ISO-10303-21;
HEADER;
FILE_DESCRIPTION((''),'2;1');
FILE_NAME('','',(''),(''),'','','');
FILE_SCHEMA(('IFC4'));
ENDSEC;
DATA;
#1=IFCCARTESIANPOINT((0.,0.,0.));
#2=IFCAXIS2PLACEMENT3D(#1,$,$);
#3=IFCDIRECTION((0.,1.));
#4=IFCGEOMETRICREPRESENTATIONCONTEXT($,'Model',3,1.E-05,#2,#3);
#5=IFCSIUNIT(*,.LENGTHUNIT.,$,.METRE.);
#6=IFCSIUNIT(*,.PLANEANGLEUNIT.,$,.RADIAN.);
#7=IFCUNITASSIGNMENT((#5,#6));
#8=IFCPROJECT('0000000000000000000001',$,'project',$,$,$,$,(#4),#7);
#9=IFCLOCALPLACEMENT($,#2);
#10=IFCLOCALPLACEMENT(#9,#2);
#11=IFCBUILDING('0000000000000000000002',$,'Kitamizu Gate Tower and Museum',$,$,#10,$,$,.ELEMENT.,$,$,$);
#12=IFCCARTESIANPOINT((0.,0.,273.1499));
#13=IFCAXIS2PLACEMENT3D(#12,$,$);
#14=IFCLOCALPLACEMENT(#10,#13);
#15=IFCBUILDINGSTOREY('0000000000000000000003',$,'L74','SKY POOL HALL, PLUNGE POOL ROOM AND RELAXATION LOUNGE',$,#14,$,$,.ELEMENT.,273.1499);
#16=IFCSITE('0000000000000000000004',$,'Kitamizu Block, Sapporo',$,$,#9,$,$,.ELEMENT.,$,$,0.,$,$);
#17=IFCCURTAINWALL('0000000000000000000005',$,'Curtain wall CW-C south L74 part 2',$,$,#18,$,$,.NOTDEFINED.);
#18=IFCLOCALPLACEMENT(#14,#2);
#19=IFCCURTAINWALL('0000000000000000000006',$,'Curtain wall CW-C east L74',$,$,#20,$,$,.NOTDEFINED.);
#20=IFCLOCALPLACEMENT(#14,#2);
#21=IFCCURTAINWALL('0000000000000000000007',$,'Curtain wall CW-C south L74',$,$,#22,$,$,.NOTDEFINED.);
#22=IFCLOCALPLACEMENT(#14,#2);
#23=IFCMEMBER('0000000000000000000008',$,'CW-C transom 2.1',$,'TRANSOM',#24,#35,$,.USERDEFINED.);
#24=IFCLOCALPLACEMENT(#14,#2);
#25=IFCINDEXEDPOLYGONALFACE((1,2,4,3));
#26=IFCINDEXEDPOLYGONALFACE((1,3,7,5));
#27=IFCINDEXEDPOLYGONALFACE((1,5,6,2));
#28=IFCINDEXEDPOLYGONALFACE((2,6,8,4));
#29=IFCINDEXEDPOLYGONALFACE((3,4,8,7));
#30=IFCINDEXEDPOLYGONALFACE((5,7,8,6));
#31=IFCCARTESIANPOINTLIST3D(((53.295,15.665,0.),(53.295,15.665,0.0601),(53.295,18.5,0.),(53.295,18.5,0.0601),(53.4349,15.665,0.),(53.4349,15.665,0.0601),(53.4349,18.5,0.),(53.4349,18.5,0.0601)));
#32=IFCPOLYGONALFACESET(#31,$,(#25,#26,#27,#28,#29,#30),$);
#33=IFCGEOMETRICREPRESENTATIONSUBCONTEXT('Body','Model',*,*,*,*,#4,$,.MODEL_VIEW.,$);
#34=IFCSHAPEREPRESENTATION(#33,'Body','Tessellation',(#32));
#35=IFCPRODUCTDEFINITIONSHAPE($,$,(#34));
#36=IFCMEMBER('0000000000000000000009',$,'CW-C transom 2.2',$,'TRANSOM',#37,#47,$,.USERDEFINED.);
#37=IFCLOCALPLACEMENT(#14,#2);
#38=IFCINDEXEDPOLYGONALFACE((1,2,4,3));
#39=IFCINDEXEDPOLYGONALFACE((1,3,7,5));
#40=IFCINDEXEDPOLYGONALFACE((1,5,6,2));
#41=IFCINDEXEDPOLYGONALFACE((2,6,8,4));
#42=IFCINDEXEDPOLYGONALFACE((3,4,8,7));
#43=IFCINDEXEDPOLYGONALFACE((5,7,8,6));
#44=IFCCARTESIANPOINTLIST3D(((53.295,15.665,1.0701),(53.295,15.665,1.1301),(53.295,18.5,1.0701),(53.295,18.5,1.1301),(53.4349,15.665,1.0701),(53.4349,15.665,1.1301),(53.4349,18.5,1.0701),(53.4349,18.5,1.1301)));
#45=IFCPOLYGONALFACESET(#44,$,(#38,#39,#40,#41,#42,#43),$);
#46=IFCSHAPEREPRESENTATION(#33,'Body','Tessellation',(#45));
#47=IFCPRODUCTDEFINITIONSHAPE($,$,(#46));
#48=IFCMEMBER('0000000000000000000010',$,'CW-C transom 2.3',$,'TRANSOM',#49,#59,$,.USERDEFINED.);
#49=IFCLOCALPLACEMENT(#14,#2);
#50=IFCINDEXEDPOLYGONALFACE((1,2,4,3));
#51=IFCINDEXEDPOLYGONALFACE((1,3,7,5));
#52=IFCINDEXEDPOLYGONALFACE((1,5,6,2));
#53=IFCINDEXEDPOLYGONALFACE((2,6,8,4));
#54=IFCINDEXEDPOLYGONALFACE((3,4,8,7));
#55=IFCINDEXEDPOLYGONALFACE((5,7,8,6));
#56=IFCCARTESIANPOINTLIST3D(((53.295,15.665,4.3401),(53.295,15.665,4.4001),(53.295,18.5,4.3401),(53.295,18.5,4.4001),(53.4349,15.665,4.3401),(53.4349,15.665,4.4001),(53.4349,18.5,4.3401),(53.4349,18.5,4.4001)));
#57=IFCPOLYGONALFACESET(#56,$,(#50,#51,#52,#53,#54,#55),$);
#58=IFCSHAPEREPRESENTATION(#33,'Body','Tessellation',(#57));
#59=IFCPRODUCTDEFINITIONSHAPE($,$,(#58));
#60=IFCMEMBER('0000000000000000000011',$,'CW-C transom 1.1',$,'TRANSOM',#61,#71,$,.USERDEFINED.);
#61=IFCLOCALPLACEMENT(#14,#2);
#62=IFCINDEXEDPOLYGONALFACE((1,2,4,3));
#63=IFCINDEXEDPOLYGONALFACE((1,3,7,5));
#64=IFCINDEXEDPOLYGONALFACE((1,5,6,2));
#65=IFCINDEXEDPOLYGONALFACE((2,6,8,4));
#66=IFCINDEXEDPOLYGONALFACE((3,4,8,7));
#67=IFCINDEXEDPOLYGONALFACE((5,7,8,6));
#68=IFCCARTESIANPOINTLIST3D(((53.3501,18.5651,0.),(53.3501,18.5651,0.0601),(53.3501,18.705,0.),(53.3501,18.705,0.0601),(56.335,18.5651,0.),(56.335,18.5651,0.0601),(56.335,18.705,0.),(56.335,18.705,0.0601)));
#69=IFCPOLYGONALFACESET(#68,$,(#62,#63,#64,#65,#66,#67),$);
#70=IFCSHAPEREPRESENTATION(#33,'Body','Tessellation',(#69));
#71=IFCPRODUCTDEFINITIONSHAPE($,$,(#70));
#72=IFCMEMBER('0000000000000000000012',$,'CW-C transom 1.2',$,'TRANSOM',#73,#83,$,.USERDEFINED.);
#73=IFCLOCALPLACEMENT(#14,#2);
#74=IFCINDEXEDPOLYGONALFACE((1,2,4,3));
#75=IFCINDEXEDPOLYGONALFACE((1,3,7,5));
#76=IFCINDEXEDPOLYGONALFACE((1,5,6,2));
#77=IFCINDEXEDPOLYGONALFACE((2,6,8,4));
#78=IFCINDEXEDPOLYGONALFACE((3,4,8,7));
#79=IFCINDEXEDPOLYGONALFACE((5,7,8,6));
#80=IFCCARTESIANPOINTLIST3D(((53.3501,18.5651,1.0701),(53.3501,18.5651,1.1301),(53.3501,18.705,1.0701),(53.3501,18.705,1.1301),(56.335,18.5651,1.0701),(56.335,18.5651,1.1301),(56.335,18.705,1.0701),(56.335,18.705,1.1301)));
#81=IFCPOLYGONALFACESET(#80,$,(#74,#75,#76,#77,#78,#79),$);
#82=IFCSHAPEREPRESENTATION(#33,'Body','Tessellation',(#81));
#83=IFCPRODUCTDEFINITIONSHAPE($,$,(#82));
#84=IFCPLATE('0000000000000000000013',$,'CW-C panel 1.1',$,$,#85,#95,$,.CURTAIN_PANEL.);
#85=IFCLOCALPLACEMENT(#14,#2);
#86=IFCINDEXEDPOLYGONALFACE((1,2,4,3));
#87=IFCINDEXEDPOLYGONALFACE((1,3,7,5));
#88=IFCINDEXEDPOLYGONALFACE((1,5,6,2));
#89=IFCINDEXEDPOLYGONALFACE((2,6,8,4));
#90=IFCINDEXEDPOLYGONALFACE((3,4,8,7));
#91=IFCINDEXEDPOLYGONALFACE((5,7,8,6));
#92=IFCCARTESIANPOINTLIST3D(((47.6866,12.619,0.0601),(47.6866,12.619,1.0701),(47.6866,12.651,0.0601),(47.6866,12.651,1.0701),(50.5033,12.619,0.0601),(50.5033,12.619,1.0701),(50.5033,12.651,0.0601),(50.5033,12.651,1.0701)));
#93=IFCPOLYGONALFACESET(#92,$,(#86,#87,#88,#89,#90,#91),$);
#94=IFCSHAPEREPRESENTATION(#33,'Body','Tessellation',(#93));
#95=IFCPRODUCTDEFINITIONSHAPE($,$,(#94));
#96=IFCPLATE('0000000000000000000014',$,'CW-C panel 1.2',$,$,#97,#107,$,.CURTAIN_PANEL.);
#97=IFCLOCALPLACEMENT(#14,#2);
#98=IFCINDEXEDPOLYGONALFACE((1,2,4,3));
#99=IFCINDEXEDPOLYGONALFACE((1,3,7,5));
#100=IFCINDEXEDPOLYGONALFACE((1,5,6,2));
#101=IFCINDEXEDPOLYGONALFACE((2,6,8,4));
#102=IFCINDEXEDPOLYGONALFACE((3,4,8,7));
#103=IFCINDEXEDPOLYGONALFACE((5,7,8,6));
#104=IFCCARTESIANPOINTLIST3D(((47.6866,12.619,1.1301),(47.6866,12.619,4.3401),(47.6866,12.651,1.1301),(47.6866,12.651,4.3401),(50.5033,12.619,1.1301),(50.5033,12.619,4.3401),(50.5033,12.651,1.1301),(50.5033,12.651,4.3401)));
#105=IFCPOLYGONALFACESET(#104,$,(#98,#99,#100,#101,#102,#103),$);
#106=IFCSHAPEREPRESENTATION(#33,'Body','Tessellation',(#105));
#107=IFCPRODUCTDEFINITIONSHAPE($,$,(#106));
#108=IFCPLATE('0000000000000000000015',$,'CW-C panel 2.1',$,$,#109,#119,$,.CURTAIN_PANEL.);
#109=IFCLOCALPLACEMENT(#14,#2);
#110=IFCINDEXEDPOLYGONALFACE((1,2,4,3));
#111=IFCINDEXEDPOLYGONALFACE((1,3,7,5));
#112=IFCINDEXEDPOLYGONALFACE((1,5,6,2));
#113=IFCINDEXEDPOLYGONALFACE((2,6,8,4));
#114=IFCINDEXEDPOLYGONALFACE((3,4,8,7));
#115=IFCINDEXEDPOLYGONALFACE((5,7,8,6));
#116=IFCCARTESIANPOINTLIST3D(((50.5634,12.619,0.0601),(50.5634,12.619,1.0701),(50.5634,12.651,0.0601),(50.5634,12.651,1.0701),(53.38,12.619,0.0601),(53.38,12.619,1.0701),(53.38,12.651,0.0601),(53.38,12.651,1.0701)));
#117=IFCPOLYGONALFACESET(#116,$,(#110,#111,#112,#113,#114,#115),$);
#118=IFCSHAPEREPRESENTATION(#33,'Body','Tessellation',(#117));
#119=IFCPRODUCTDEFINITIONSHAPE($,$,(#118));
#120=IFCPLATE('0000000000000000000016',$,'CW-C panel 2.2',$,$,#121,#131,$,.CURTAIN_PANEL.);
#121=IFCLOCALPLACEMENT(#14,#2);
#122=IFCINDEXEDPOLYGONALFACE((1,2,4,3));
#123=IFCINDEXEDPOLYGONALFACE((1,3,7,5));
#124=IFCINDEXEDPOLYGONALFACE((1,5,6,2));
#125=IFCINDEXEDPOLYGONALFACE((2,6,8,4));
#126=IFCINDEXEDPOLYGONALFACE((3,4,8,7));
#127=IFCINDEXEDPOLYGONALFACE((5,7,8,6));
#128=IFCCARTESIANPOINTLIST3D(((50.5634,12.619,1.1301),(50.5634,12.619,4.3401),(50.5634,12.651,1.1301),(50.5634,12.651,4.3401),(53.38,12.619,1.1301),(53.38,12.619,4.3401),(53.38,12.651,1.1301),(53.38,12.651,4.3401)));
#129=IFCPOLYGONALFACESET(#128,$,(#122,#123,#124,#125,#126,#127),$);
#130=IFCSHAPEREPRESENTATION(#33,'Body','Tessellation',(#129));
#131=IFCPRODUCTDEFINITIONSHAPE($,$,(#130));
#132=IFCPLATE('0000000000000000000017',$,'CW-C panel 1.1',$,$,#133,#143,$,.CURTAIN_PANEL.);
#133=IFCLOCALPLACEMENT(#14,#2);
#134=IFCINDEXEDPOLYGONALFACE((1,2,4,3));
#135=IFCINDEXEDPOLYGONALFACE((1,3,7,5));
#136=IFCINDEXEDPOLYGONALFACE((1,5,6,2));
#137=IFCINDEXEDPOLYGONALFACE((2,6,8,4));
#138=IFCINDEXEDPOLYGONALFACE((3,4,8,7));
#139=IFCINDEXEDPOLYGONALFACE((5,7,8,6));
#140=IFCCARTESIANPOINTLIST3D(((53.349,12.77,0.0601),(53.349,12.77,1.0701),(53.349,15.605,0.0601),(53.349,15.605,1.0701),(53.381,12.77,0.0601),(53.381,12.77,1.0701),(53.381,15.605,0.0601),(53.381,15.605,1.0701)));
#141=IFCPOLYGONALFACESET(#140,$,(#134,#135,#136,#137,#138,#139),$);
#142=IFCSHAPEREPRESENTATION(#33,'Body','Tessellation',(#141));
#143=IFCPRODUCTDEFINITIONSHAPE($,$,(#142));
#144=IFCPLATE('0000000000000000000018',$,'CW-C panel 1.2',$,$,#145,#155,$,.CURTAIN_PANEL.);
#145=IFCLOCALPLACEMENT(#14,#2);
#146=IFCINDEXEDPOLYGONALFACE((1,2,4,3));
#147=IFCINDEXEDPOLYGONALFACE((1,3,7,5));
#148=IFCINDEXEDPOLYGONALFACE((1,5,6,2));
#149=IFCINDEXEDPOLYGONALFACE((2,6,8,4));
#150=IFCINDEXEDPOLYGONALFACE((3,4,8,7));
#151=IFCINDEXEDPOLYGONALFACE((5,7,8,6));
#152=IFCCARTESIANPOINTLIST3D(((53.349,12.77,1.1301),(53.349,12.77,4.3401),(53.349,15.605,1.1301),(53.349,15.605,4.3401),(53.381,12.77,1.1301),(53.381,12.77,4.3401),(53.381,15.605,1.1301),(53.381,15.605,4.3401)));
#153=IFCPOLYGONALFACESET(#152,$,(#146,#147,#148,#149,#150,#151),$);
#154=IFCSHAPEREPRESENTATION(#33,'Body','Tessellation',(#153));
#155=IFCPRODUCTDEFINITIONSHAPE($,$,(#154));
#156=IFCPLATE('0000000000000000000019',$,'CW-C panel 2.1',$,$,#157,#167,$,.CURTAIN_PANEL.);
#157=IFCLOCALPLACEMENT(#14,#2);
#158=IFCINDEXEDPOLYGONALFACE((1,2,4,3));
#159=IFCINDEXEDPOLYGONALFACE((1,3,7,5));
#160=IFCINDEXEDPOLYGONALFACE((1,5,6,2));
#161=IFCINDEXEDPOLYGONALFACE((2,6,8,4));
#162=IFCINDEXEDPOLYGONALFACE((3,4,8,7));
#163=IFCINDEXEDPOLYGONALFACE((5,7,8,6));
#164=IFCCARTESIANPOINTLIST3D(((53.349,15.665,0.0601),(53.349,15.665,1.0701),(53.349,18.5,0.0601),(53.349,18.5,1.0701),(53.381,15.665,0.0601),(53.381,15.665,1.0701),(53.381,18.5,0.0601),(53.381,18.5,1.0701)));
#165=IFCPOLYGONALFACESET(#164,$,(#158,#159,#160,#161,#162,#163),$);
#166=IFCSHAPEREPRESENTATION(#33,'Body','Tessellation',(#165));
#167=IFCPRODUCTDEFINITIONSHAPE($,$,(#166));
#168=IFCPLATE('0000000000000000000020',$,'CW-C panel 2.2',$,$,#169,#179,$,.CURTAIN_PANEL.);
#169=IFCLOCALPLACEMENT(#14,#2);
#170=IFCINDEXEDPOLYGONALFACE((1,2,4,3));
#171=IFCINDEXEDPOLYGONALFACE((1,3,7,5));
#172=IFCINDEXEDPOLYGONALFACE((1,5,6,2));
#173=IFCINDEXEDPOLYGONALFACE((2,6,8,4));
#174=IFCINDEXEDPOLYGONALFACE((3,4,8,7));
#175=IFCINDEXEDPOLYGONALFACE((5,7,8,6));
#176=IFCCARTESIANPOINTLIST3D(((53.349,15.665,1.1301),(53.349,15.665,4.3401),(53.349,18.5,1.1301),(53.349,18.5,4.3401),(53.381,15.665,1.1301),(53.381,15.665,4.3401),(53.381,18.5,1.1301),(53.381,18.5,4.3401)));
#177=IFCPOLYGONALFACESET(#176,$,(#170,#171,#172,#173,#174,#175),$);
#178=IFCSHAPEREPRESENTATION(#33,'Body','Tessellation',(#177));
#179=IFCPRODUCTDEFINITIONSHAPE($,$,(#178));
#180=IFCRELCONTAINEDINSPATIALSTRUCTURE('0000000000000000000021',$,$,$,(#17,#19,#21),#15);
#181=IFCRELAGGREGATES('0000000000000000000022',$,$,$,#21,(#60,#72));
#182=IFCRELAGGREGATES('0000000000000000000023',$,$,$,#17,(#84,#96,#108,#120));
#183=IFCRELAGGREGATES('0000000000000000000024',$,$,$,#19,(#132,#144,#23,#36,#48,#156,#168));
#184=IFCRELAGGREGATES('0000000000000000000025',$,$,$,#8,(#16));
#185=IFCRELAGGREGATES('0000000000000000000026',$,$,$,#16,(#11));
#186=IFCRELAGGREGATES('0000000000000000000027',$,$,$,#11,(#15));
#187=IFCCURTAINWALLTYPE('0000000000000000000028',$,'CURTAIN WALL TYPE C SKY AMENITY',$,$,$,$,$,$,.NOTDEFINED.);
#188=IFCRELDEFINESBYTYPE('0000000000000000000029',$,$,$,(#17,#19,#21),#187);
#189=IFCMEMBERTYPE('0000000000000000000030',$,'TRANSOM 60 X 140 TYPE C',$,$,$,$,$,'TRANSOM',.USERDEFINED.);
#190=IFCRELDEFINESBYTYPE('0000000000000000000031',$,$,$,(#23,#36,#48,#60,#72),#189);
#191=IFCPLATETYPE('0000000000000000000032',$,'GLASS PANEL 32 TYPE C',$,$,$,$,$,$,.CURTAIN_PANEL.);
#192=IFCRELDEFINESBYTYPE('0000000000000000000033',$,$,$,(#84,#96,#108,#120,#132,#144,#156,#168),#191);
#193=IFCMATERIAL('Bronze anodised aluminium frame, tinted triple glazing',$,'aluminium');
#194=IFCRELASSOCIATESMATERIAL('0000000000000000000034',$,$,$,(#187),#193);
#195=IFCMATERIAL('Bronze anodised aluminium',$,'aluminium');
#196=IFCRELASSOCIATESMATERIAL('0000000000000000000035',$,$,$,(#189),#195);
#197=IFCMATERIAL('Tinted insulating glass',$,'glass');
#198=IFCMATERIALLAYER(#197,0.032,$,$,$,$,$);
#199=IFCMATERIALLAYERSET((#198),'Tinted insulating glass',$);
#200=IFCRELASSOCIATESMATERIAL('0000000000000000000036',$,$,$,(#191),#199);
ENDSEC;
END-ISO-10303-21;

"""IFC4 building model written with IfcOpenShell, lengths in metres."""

from ifc_helpers import new_model, si_unit, direction, frame, origin, origin_2d, place, context, subcontext, project, spatial, rectangle, extrude, material, layer, layer_set, material_profile, profile_set, type_object, element, aggregate, save


model = new_model("IFC4")

# Units and contexts
model_context = context("Model", 3, precision=1e-05, world=origin(), true_north=direction((0.0, 1.0)))
body_context = subcontext(model_context, "Body", "Model", "MODEL_VIEW")
ifc_project = project(units=[si_unit("LENGTHUNIT", "METRE"), si_unit("PLANEANGLEUNIT", "RADIAN")], contexts=[model_context])

# Site, building, storey
site_placement = place(None, origin())
site = spatial("IfcSite", under=ifc_project, at=site_placement, Name="Kitamizu Block, Sapporo", CompositionType="ELEMENT", RefElevation=0.0)
building_placement = place(site_placement, origin())
building = spatial("IfcBuilding", under=site, at=building_placement, Name="Kitamizu Gate Tower and Museum", CompositionType="ELEMENT")
storey_placement = place(building_placement, frame((0.0, 0.0, 273.1499)))
storey = spatial("IfcBuildingStorey", under=building, at=storey_placement, Name="L74", Description="SKY POOL HALL, PLUNGE POOL ROOM AND RELAXATION LOUNGE", CompositionType="ELEMENT", Elevation=273.1499)

# Curtain walls
ifc_material_1 = material(Name="Bronze anodised aluminium frame, tinted triple glazing", Category="aluminium")
curtain_wall_type = type_object("IfcCurtainWallType", Name="CURTAIN WALL TYPE C SKY AMENITY", PredefinedType="NOTDEFINED", material=ifc_material_1)
curtain_wall_1_placement = place(storey_placement, origin())
curtain_wall_1 = element("IfcCurtainWall", 1, at=curtain_wall_1_placement, inside=storey, type_object=curtain_wall_type, Name="Curtain wall CW-C south L74 part 2", PredefinedType="NOTDEFINED")
curtain_wall_2_placement = place(storey_placement, origin())
curtain_wall_2 = element("IfcCurtainWall", 2, at=curtain_wall_2_placement, inside=storey, type_object=curtain_wall_type, Name="Curtain wall CW-C east L74", PredefinedType="NOTDEFINED")

# Curtain wall
curtain_wall_3_placement = place(storey_placement, origin())
curtain_wall_3 = element("IfcCurtainWall", 3, at=curtain_wall_3_placement, inside=storey, type_object=curtain_wall_type, Name="Curtain wall CW-C south L74", PredefinedType="NOTDEFINED")

# Members
ifc_material_2 = material(Name="Bronze anodised aluminium", Category="aluminium")
ifc_material_profile_1 = material_profile(ifc_material_2, rectangle(XDim=0.1399, YDim=0.0601, at=origin_2d()), Name="AL 60X140")
ifc_profile_set_1 = profile_set([ifc_material_profile_1], Name="Bronze anodised aluminium")
member_type_1 = type_object("IfcMemberType", Name="TRANSOM 60 X 140 TYPE C", ElementType="TRANSOM", PredefinedType="USERDEFINED", material=ifc_profile_set_1)
member_1_placement = place(storey_placement, frame((53.365, 15.665, 0.03), z_axis=(0.0, 1.0, 0.0), x_axis=(-1.0, 0.0, 0.0)))
member_1 = element("IfcMember", 4, at=member_1_placement, type_object=member_type_1, Name="CW-C transom 2.1", ObjectType="TRANSOM", PredefinedType="USERDEFINED", context=body_context, shape_type="SweptSolid", body=[
    extrude(rectangle(XDim=0.1399, YDim=0.0601, at=origin_2d()), origin(), (0.0, 0.0, 1.0), 2.835),
])
member_2_placement = place(storey_placement, frame((53.365, 15.665, 1.1001), z_axis=(0.0, 1.0, 0.0), x_axis=(-1.0, 0.0, 0.0)))
member_2 = element("IfcMember", 5, at=member_2_placement, type_object=member_type_1, Name="CW-C transom 2.2", ObjectType="TRANSOM", PredefinedType="USERDEFINED", context=body_context, shape_type="SweptSolid", body=[
    extrude(rectangle(XDim=0.1399, YDim=0.0601, at=origin_2d()), origin(), (0.0, 0.0, 1.0), 2.835),
])
member_3_placement = place(storey_placement, frame((53.365, 15.665, 4.3701), z_axis=(0.0, 1.0, 0.0), x_axis=(-1.0, 0.0, 0.0)))
member_3 = element("IfcMember", 6, at=member_3_placement, type_object=member_type_1, Name="CW-C transom 2.3", ObjectType="TRANSOM", PredefinedType="USERDEFINED", context=body_context, shape_type="SweptSolid", body=[
    extrude(rectangle(XDim=0.1399, YDim=0.0601, at=origin_2d()), origin(), (0.0, 0.0, 1.0), 2.835),
])
member_4_placement = place(storey_placement, frame((53.3501, 18.635, 0.03), z_axis=(1.0, 0.0, 0.0), x_axis=(0.0, 1.0, 0.0)))
member_4 = element("IfcMember", 7, at=member_4_placement, type_object=member_type_1, Name="CW-C transom 1.1", ObjectType="TRANSOM", PredefinedType="USERDEFINED", context=body_context, shape_type="SweptSolid", body=[
    extrude(rectangle(XDim=0.1399, YDim=0.0601, at=origin_2d()), origin(), (0.0, 0.0, 1.0), 2.9849),
])
member_5_placement = place(storey_placement, frame((53.3501, 18.635, 1.1001), z_axis=(1.0, 0.0, 0.0), x_axis=(0.0, 1.0, 0.0)))
member_5 = element("IfcMember", 8, at=member_5_placement, type_object=member_type_1, Name="CW-C transom 1.2", ObjectType="TRANSOM", PredefinedType="USERDEFINED", context=body_context, shape_type="SweptSolid", body=[
    extrude(rectangle(XDim=0.1399, YDim=0.0601, at=origin_2d()), origin(), (0.0, 0.0, 1.0), 2.9849),
])
aggregate(curtain_wall_3, [member_4, member_5])

# Plates
ifc_material_3 = material(Name="Tinted insulating glass", Category="glass")
ifc_layer = layer(ifc_material_3, 0.032)
ifc_layer_set = layer_set([ifc_layer], Name="Tinted insulating glass")
plate_type = type_object("IfcPlateType", Name="GLASS PANEL 32 TYPE C", PredefinedType="CURTAIN_PANEL", material=ifc_layer_set)
plate_1_placement = place(storey_placement, frame((49.095, 12.635, 0.0601), z_axis=(0.0, 0.0, 1.0), x_axis=(1.0, 0.0, 0.0)))
plate_1 = element("IfcPlate", 9, at=plate_1_placement, type_object=plate_type, Name="CW-C panel 1.1", PredefinedType="CURTAIN_PANEL", context=body_context, shape_type="SweptSolid", body=[
    extrude(rectangle(XDim=2.8167, YDim=0.032, at=origin_2d()), origin(), (0.0, 0.0, 1.0), 1.01),
])
plate_2_placement = place(storey_placement, frame((49.095, 12.635, 1.1301), z_axis=(0.0, 0.0, 1.0), x_axis=(1.0, 0.0, 0.0)))
plate_2 = element("IfcPlate", 10, at=plate_2_placement, type_object=plate_type, Name="CW-C panel 1.2", PredefinedType="CURTAIN_PANEL", context=body_context, shape_type="SweptSolid", body=[
    extrude(rectangle(XDim=2.8167, YDim=0.032, at=origin_2d()), origin(), (0.0, 0.0, 1.0), 3.21),
])
plate_3_placement = place(storey_placement, frame((51.9717, 12.635, 0.0601), z_axis=(0.0, 0.0, 1.0), x_axis=(1.0, 0.0, 0.0)))
plate_3 = element("IfcPlate", 11, at=plate_3_placement, type_object=plate_type, Name="CW-C panel 2.1", PredefinedType="CURTAIN_PANEL", context=body_context, shape_type="SweptSolid", body=[
    extrude(rectangle(XDim=2.8167, YDim=0.032, at=origin_2d()), origin(), (0.0, 0.0, 1.0), 1.01),
])
plate_4_placement = place(storey_placement, frame((51.9717, 12.635, 1.1301), z_axis=(0.0, 0.0, 1.0), x_axis=(1.0, 0.0, 0.0)))
plate_4 = element("IfcPlate", 12, at=plate_4_placement, type_object=plate_type, Name="CW-C panel 2.2", PredefinedType="CURTAIN_PANEL", context=body_context, shape_type="SweptSolid", body=[
    extrude(rectangle(XDim=2.8167, YDim=0.032, at=origin_2d()), origin(), (0.0, 0.0, 1.0), 3.21),
])
aggregate(curtain_wall_1, [plate_1, plate_2, plate_3, plate_4])
plate_5_placement = place(storey_placement, frame((53.365, 14.1875, 0.0601), z_axis=(0.0, 0.0, 1.0), x_axis=(0.0, 1.0, 0.0)))
plate_5 = element("IfcPlate", 13, at=plate_5_placement, type_object=plate_type, Name="CW-C panel 1.1", PredefinedType="CURTAIN_PANEL", context=body_context, shape_type="SweptSolid", body=[
    extrude(rectangle(XDim=2.835, YDim=0.032, at=origin_2d()), origin(), (0.0, 0.0, 1.0), 1.01),
])
plate_6_placement = place(storey_placement, frame((53.365, 14.1875, 1.1301), z_axis=(0.0, 0.0, 1.0), x_axis=(0.0, 1.0, 0.0)))
plate_6 = element("IfcPlate", 14, at=plate_6_placement, type_object=plate_type, Name="CW-C panel 1.2", PredefinedType="CURTAIN_PANEL", context=body_context, shape_type="SweptSolid", body=[
    extrude(rectangle(XDim=2.835, YDim=0.032, at=origin_2d()), origin(), (0.0, 0.0, 1.0), 3.21),
])
plate_7_placement = place(storey_placement, frame((53.365, 17.0825, 0.0601), z_axis=(0.0, 0.0, 1.0), x_axis=(0.0, 1.0, 0.0)))
plate_7 = element("IfcPlate", 15, at=plate_7_placement, type_object=plate_type, Name="CW-C panel 2.1", PredefinedType="CURTAIN_PANEL", context=body_context, shape_type="SweptSolid", body=[
    extrude(rectangle(XDim=2.835, YDim=0.032, at=origin_2d()), origin(), (0.0, 0.0, 1.0), 1.01),
])
plate_8_placement = place(storey_placement, frame((53.365, 17.0825, 1.1301), z_axis=(0.0, 0.0, 1.0), x_axis=(0.0, 1.0, 0.0)))
plate_8 = element("IfcPlate", 16, at=plate_8_placement, type_object=plate_type, Name="CW-C panel 2.2", PredefinedType="CURTAIN_PANEL", context=body_context, shape_type="SweptSolid", body=[
    extrude(rectangle(XDim=2.835, YDim=0.032, at=origin_2d()), origin(), (0.0, 0.0, 1.0), 3.21),
])
aggregate(curtain_wall_2, [plate_5, plate_6, member_1, member_2, member_3, plate_7, plate_8])

save(model, "model.ifc")
